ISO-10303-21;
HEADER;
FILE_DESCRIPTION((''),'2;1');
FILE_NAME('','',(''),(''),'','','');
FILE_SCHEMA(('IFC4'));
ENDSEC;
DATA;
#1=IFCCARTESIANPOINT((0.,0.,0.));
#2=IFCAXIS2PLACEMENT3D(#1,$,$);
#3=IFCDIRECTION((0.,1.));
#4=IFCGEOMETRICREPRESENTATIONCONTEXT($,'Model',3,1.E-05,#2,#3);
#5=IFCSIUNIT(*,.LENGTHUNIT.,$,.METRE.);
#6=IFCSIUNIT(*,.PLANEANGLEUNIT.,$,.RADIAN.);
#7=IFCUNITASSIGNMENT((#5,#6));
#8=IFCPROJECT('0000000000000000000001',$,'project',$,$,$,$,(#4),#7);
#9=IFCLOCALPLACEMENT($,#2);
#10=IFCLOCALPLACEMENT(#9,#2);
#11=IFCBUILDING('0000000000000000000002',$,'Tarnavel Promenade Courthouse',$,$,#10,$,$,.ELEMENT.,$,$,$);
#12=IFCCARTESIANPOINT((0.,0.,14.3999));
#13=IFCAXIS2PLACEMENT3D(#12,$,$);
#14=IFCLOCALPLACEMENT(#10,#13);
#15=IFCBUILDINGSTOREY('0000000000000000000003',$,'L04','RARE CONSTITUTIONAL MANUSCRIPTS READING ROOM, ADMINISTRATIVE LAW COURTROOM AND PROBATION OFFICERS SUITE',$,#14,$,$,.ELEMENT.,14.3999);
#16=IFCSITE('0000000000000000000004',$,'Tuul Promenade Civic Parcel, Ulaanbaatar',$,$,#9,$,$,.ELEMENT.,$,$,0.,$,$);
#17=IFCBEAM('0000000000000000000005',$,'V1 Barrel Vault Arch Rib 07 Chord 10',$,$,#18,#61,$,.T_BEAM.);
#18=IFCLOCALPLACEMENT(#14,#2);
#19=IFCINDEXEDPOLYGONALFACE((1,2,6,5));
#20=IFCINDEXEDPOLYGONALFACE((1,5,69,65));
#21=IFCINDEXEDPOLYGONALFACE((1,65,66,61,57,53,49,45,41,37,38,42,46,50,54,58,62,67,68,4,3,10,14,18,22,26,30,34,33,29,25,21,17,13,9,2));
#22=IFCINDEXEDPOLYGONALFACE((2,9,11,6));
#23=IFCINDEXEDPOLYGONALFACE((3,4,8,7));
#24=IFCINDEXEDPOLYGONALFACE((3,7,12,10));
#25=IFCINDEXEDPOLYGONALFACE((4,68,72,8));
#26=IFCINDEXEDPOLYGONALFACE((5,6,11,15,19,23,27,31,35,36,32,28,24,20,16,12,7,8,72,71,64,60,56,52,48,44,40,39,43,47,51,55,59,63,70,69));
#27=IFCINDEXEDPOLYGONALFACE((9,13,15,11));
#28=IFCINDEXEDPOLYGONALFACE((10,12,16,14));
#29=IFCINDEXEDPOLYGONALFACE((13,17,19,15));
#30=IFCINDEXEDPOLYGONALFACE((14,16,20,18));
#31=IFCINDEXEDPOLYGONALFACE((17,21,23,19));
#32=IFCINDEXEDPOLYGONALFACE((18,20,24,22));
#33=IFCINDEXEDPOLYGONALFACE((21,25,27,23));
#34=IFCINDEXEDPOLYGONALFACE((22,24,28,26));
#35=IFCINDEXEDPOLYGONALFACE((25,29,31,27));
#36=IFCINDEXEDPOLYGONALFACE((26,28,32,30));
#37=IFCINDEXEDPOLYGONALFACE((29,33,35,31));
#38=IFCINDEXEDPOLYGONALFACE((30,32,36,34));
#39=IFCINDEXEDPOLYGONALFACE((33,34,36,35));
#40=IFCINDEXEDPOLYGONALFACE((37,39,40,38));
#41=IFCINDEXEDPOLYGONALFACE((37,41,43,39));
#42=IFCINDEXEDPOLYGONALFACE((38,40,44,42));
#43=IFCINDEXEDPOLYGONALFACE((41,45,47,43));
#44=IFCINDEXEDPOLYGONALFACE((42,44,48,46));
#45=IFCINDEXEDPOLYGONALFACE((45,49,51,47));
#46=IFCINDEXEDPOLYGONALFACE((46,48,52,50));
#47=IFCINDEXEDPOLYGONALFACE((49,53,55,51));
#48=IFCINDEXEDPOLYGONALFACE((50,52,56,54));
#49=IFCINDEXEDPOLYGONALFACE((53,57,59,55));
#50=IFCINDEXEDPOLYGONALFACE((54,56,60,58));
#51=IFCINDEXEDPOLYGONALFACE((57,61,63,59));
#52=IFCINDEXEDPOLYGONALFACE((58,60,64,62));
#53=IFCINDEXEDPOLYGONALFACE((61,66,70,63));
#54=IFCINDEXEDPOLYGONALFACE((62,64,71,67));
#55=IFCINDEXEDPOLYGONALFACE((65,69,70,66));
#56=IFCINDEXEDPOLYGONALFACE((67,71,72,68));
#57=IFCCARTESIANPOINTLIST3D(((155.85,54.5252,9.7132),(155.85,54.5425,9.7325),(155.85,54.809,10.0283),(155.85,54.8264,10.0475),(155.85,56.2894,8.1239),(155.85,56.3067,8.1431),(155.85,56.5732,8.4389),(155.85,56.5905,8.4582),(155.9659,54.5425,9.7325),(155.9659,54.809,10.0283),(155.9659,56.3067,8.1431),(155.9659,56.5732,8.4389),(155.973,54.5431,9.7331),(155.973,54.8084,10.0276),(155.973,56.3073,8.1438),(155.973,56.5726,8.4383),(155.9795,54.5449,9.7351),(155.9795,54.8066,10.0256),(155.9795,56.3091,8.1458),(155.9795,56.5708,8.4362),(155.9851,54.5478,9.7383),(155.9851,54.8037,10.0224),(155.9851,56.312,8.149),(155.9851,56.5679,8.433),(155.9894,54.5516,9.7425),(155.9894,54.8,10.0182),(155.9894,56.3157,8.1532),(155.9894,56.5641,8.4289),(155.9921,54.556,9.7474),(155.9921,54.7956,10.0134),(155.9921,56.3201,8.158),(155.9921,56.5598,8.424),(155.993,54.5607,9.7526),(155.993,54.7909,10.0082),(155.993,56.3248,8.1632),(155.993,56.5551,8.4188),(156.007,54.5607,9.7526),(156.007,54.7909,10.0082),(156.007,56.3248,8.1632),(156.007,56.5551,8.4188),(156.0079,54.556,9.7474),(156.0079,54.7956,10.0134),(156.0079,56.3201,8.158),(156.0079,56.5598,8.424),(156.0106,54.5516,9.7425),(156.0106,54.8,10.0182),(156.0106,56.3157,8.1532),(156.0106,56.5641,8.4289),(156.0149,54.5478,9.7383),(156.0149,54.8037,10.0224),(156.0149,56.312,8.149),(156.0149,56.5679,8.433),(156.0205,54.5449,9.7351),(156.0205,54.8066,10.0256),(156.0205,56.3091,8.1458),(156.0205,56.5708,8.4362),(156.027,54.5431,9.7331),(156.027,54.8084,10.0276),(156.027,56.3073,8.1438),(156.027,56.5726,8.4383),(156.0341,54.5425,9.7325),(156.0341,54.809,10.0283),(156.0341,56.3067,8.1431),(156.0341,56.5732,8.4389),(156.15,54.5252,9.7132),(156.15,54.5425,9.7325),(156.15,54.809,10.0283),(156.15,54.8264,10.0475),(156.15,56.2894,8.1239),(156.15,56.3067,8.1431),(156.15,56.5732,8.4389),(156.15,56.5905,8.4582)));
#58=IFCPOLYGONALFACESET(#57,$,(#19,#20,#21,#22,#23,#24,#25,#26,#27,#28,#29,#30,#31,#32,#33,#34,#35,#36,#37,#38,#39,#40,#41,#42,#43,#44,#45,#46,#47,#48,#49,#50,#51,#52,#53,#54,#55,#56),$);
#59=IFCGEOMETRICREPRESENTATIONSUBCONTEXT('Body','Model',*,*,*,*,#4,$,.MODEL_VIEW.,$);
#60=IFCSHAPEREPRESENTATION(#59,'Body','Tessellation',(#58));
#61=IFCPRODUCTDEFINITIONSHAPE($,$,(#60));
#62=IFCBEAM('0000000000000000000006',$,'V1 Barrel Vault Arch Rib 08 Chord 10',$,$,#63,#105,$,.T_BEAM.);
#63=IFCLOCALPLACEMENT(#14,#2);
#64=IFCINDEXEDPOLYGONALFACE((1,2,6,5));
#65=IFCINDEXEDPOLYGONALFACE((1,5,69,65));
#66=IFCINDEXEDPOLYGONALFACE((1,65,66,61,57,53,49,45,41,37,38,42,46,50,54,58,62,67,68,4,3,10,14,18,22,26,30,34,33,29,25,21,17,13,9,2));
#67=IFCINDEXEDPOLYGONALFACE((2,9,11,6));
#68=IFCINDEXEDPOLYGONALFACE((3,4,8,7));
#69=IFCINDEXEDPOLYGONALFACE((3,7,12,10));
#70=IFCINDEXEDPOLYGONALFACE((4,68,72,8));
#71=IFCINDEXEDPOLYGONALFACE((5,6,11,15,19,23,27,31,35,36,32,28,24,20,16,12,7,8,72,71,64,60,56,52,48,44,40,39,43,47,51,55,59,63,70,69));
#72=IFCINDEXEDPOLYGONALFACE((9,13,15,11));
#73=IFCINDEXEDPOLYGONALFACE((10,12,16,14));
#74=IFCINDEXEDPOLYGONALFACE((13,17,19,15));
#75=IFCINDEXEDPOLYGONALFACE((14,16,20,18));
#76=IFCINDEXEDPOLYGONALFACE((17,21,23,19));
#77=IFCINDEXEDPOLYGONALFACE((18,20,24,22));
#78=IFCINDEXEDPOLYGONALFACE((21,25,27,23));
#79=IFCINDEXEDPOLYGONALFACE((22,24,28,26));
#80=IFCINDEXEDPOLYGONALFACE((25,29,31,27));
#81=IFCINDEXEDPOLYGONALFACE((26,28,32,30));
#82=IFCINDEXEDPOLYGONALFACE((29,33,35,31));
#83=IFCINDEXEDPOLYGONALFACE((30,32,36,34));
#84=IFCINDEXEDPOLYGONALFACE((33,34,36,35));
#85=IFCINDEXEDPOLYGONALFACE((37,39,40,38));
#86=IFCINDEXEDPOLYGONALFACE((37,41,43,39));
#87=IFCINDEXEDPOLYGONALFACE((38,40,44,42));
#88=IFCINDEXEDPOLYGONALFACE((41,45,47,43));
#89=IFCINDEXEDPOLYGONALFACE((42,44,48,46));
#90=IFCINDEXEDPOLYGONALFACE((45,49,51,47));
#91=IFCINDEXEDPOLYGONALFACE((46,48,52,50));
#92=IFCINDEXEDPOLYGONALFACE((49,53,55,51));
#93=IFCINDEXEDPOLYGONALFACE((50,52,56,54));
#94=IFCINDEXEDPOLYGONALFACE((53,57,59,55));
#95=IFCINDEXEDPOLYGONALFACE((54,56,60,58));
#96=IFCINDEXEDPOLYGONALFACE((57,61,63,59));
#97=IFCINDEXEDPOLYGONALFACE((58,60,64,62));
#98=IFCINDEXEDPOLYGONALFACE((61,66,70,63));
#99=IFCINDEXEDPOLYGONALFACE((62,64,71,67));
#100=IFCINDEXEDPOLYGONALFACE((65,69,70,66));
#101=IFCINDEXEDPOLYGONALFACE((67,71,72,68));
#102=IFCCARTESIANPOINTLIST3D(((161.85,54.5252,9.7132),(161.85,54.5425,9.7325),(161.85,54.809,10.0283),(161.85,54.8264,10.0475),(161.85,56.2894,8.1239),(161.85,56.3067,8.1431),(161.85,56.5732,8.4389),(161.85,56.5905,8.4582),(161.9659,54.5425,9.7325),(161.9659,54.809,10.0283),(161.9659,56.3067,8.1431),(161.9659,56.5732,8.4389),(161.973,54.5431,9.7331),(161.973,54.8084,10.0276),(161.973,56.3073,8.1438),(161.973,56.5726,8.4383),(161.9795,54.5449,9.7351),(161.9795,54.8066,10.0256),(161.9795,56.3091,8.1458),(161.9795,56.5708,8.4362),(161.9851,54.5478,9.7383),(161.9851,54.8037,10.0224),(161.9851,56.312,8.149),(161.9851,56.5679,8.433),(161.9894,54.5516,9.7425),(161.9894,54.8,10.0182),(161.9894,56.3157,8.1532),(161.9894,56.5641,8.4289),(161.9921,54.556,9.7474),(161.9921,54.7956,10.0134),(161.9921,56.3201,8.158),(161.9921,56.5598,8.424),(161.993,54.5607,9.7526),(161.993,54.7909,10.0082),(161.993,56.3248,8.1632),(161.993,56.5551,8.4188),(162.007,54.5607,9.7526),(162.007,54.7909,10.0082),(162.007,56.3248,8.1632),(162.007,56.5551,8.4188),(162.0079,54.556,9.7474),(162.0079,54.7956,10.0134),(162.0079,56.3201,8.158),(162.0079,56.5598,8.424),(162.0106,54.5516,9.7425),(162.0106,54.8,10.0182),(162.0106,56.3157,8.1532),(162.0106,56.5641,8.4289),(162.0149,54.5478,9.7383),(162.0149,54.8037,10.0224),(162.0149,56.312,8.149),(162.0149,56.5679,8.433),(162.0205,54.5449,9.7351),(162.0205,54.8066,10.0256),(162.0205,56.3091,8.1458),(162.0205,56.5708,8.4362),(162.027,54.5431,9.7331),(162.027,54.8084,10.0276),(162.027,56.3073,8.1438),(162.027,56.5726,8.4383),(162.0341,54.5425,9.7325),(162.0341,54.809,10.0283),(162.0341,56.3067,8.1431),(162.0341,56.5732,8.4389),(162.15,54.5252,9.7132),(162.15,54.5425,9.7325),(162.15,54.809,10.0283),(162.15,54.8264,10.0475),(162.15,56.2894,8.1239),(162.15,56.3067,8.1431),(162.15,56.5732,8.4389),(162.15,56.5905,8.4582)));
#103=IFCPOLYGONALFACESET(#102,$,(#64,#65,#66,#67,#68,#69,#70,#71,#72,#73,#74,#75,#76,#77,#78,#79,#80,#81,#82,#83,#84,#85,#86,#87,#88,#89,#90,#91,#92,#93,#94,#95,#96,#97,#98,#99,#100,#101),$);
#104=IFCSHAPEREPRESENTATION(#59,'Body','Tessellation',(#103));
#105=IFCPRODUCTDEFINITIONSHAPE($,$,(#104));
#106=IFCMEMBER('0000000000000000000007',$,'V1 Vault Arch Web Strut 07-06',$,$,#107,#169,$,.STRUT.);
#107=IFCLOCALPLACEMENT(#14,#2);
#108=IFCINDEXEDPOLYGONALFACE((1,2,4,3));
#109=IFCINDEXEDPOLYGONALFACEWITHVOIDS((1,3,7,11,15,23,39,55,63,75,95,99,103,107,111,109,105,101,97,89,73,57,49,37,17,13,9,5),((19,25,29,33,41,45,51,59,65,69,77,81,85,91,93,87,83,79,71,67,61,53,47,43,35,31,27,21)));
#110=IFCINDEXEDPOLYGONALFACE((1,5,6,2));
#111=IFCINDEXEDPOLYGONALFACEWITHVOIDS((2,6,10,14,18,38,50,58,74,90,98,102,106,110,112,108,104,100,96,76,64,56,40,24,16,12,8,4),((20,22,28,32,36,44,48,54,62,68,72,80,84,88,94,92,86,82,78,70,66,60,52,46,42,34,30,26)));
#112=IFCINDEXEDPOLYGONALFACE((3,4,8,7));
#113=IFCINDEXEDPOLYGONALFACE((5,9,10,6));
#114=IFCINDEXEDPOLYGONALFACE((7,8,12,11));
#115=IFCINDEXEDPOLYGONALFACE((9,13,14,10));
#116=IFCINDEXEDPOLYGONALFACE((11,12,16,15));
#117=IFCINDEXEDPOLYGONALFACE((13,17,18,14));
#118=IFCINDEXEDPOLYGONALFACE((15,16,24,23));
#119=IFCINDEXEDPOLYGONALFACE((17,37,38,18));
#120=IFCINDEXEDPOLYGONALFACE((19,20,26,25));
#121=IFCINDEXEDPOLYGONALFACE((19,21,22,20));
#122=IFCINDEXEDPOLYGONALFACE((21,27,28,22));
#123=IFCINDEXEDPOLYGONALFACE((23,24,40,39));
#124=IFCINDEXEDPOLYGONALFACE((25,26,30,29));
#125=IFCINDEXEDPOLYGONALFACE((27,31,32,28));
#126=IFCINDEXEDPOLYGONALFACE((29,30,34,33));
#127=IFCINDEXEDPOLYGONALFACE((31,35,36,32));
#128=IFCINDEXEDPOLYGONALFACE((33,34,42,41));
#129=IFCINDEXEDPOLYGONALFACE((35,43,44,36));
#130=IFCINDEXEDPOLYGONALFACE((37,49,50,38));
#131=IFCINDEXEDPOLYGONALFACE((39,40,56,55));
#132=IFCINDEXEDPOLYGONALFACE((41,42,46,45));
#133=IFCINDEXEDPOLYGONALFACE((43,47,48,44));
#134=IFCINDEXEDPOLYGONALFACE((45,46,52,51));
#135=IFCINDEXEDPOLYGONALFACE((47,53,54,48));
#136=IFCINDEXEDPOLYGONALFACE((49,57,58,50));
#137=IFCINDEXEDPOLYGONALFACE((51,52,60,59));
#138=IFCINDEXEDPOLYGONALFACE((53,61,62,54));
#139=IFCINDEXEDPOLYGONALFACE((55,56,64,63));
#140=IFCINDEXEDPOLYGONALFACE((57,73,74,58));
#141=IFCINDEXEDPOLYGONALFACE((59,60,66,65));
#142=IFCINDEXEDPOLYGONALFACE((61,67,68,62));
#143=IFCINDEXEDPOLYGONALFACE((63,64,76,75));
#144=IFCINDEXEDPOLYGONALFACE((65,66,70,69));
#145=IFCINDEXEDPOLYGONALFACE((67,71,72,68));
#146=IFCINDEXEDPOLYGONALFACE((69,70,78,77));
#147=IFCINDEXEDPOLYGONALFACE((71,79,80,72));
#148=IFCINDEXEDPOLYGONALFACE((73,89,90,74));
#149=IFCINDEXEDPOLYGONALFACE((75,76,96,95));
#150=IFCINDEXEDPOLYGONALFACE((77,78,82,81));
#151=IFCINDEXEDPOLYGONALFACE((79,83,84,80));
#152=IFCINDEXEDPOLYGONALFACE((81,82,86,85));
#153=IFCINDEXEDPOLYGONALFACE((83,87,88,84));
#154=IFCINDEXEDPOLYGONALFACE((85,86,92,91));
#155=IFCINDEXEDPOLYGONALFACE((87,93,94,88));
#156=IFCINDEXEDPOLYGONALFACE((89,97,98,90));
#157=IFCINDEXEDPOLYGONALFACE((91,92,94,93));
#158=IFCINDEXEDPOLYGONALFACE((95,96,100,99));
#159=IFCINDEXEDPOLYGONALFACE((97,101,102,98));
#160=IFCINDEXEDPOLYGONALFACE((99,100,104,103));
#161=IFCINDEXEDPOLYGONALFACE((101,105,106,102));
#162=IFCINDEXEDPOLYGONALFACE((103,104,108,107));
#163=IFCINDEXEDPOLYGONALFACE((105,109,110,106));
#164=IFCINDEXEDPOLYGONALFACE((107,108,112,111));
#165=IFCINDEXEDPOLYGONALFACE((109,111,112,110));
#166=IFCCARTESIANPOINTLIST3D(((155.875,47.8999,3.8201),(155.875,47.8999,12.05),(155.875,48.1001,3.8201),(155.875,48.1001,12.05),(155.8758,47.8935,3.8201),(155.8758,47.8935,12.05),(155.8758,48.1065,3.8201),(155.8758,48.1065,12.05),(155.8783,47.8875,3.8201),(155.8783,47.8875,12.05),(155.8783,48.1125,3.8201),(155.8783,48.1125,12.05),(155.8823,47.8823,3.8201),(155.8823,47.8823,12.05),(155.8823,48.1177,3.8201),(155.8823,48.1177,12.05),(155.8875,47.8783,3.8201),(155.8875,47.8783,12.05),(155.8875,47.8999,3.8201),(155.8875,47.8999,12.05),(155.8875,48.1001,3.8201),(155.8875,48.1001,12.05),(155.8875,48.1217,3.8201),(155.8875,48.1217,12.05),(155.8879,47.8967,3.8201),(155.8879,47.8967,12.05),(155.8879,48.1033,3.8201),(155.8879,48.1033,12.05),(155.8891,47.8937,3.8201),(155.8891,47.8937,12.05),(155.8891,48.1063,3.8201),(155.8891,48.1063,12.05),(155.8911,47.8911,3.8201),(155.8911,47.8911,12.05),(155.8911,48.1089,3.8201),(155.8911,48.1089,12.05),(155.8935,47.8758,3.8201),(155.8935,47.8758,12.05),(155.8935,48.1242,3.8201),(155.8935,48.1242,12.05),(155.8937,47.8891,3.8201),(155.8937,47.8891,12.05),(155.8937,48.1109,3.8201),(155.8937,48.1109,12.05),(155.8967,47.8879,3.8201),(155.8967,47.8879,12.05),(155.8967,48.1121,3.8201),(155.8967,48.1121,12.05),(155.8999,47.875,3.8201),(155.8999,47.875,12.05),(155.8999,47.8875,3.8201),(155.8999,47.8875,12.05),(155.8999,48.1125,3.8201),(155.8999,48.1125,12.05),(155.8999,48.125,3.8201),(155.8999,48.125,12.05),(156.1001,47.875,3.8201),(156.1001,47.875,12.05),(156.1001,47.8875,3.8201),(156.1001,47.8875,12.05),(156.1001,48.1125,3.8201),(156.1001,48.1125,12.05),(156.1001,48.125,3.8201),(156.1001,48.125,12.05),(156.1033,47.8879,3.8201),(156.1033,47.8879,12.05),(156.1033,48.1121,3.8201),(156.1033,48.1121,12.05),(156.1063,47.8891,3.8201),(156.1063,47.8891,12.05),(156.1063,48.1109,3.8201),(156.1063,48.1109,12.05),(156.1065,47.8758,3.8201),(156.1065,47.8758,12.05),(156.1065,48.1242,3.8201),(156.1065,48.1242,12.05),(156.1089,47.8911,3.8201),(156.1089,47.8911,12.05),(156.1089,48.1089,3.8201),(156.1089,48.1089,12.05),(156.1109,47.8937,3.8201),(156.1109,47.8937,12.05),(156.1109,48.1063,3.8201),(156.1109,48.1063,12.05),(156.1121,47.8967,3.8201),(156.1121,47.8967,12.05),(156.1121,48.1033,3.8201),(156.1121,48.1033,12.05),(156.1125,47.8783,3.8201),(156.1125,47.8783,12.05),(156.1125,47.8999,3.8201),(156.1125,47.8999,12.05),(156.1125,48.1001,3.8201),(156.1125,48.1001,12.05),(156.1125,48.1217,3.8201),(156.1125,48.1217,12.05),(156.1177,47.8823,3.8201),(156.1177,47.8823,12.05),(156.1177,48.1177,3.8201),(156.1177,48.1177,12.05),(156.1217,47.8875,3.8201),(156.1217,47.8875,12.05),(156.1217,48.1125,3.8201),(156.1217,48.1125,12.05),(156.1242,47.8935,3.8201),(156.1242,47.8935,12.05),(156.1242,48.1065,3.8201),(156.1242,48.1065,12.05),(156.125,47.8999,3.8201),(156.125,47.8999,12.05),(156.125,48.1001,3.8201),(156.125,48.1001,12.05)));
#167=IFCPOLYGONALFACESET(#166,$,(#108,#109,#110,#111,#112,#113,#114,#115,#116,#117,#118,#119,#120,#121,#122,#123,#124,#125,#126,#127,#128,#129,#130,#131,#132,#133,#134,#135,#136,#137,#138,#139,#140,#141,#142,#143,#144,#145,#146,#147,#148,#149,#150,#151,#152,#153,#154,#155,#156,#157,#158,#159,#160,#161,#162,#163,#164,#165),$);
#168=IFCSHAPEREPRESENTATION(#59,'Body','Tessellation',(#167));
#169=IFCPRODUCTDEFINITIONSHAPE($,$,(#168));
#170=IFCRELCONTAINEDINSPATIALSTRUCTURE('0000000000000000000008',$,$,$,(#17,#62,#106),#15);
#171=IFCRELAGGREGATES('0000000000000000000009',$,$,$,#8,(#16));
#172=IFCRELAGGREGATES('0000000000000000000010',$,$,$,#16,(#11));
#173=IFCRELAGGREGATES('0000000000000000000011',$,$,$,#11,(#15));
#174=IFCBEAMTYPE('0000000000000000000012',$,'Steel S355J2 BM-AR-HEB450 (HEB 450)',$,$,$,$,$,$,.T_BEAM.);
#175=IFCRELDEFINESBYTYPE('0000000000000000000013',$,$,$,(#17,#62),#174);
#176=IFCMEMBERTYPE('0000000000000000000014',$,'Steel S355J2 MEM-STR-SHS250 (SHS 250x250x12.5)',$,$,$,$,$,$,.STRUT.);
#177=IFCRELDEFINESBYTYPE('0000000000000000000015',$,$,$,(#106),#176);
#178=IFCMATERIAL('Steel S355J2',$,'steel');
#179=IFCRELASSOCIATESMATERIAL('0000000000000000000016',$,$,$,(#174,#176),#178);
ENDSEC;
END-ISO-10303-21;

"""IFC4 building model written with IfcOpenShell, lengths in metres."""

from ifc_helpers import new_model, si_unit, direction, frame, origin, origin_2d, place, context, subcontext, project, spatial, hollow_rectangle, i_section, extrude, material, material_profile, profile_set, type_object, element, save


model = new_model("IFC4")

# Units and contexts
model_context = context("Model", 3, precision=1e-05, world=origin(), true_north=direction((0.0, 1.0)))
body_context = subcontext(model_context, "Body", "Model", "MODEL_VIEW")
ifc_project = project(units=[si_unit("LENGTHUNIT", "METRE"), si_unit("PLANEANGLEUNIT", "RADIAN")], contexts=[model_context])

# Site, building, storey
site_placement = place(None, origin())
site = spatial("IfcSite", under=ifc_project, at=site_placement, Name="Tuul Promenade Civic Parcel, Ulaanbaatar", CompositionType="ELEMENT", RefElevation=0.0)
building_placement = place(site_placement, origin())
building = spatial("IfcBuilding", under=site, at=building_placement, Name="Tarnavel Promenade Courthouse", CompositionType="ELEMENT")
storey_placement = place(building_placement, frame((0.0, 0.0, 14.3999)))
storey = spatial("IfcBuildingStorey", under=building, at=storey_placement, Name="L04", Description="RARE CONSTITUTIONAL MANUSCRIPTS READING ROOM, ADMINISTRATIVE LAW COURTROOM AND PROBATION OFFICERS SUITE", CompositionType="ELEMENT", Elevation=14.3999)

# Beams
ifc_material = material(Name="Steel S355J2", Category="steel")
ifc_material_profile_1 = material_profile(ifc_material, i_section(OverallWidth=0.3, OverallDepth=0.45, WebThickness=0.0139, FlangeThickness=0.0259, FilletRadius=0.0271, at=origin_2d()), Name="HEB 450")
ifc_profile_set_1 = profile_set([ifc_material_profile_1], Name="Steel S355J2")
beam_type = type_object("IfcBeamType", Name="Steel S355J2 BM-AR-HEB450 (HEB 450)", PredefinedType="T_BEAM", material=ifc_profile_set_1)
for number, where, z_axis, x_axis, name in (
    (1, (156.0, 54.6758, 9.8804), (0.0, 0.742957, -0.66934), (-1.0, 0.0, 0.0), "V1 Barrel Vault Arch Rib 07 Chord 10"),
    (2, (162.0, 54.6758, 9.8804), (0.0, 0.742957, -0.66934), (-1.0, 0.0, 0.0), "V1 Barrel Vault Arch Rib 08 Chord 10"),
):
    element("IfcBeam", number, at=place(storey_placement, frame(where, z_axis=z_axis, x_axis=x_axis)), inside=storey, type_object=beam_type, Name=name, PredefinedType="T_BEAM", context=body_context, shape_type="SweptSolid", body=[
        extrude(i_section(OverallWidth=0.3, OverallDepth=0.45, WebThickness=0.0139, FlangeThickness=0.0259, FilletRadius=0.0271, at=origin_2d()), origin(), (0.0, 0.0, 1.0), 2.3745),
    ])

# Member
ifc_material_profile_2 = material_profile(ifc_material, hollow_rectangle(XDim=0.25, YDim=0.25, WallThickness=0.0125, InnerFilletRadius=0.0125, OuterFilletRadius=0.0249, at=origin_2d()), Name="SHS 250x250x12.5")
ifc_profile_set_2 = profile_set([ifc_material_profile_2], Name="Steel S355J2")
member_type = type_object("IfcMemberType", Name="Steel S355J2 MEM-STR-SHS250 (SHS 250x250x12.5)", PredefinedType="STRUT", material=ifc_profile_set_2)
member_1_placement = place(storey_placement, frame((156.0, 48.0, 3.8201), z_axis=(0.0, 0.0, 1.0), x_axis=(1.0, 0.0, 0.0)))
element("IfcMember", 3, at=member_1_placement, inside=storey, type_object=member_type, Name="V1 Vault Arch Web Strut 07-06", PredefinedType="STRUT", context=body_context, shape_type="SweptSolid", body=[
    extrude(hollow_rectangle(XDim=0.25, YDim=0.25, WallThickness=0.0125, InnerFilletRadius=0.0125, OuterFilletRadius=0.0249, at=origin_2d()), origin(), (0.0, 0.0, 1.0), 8.23),
])

save(model, "model.ifc")
